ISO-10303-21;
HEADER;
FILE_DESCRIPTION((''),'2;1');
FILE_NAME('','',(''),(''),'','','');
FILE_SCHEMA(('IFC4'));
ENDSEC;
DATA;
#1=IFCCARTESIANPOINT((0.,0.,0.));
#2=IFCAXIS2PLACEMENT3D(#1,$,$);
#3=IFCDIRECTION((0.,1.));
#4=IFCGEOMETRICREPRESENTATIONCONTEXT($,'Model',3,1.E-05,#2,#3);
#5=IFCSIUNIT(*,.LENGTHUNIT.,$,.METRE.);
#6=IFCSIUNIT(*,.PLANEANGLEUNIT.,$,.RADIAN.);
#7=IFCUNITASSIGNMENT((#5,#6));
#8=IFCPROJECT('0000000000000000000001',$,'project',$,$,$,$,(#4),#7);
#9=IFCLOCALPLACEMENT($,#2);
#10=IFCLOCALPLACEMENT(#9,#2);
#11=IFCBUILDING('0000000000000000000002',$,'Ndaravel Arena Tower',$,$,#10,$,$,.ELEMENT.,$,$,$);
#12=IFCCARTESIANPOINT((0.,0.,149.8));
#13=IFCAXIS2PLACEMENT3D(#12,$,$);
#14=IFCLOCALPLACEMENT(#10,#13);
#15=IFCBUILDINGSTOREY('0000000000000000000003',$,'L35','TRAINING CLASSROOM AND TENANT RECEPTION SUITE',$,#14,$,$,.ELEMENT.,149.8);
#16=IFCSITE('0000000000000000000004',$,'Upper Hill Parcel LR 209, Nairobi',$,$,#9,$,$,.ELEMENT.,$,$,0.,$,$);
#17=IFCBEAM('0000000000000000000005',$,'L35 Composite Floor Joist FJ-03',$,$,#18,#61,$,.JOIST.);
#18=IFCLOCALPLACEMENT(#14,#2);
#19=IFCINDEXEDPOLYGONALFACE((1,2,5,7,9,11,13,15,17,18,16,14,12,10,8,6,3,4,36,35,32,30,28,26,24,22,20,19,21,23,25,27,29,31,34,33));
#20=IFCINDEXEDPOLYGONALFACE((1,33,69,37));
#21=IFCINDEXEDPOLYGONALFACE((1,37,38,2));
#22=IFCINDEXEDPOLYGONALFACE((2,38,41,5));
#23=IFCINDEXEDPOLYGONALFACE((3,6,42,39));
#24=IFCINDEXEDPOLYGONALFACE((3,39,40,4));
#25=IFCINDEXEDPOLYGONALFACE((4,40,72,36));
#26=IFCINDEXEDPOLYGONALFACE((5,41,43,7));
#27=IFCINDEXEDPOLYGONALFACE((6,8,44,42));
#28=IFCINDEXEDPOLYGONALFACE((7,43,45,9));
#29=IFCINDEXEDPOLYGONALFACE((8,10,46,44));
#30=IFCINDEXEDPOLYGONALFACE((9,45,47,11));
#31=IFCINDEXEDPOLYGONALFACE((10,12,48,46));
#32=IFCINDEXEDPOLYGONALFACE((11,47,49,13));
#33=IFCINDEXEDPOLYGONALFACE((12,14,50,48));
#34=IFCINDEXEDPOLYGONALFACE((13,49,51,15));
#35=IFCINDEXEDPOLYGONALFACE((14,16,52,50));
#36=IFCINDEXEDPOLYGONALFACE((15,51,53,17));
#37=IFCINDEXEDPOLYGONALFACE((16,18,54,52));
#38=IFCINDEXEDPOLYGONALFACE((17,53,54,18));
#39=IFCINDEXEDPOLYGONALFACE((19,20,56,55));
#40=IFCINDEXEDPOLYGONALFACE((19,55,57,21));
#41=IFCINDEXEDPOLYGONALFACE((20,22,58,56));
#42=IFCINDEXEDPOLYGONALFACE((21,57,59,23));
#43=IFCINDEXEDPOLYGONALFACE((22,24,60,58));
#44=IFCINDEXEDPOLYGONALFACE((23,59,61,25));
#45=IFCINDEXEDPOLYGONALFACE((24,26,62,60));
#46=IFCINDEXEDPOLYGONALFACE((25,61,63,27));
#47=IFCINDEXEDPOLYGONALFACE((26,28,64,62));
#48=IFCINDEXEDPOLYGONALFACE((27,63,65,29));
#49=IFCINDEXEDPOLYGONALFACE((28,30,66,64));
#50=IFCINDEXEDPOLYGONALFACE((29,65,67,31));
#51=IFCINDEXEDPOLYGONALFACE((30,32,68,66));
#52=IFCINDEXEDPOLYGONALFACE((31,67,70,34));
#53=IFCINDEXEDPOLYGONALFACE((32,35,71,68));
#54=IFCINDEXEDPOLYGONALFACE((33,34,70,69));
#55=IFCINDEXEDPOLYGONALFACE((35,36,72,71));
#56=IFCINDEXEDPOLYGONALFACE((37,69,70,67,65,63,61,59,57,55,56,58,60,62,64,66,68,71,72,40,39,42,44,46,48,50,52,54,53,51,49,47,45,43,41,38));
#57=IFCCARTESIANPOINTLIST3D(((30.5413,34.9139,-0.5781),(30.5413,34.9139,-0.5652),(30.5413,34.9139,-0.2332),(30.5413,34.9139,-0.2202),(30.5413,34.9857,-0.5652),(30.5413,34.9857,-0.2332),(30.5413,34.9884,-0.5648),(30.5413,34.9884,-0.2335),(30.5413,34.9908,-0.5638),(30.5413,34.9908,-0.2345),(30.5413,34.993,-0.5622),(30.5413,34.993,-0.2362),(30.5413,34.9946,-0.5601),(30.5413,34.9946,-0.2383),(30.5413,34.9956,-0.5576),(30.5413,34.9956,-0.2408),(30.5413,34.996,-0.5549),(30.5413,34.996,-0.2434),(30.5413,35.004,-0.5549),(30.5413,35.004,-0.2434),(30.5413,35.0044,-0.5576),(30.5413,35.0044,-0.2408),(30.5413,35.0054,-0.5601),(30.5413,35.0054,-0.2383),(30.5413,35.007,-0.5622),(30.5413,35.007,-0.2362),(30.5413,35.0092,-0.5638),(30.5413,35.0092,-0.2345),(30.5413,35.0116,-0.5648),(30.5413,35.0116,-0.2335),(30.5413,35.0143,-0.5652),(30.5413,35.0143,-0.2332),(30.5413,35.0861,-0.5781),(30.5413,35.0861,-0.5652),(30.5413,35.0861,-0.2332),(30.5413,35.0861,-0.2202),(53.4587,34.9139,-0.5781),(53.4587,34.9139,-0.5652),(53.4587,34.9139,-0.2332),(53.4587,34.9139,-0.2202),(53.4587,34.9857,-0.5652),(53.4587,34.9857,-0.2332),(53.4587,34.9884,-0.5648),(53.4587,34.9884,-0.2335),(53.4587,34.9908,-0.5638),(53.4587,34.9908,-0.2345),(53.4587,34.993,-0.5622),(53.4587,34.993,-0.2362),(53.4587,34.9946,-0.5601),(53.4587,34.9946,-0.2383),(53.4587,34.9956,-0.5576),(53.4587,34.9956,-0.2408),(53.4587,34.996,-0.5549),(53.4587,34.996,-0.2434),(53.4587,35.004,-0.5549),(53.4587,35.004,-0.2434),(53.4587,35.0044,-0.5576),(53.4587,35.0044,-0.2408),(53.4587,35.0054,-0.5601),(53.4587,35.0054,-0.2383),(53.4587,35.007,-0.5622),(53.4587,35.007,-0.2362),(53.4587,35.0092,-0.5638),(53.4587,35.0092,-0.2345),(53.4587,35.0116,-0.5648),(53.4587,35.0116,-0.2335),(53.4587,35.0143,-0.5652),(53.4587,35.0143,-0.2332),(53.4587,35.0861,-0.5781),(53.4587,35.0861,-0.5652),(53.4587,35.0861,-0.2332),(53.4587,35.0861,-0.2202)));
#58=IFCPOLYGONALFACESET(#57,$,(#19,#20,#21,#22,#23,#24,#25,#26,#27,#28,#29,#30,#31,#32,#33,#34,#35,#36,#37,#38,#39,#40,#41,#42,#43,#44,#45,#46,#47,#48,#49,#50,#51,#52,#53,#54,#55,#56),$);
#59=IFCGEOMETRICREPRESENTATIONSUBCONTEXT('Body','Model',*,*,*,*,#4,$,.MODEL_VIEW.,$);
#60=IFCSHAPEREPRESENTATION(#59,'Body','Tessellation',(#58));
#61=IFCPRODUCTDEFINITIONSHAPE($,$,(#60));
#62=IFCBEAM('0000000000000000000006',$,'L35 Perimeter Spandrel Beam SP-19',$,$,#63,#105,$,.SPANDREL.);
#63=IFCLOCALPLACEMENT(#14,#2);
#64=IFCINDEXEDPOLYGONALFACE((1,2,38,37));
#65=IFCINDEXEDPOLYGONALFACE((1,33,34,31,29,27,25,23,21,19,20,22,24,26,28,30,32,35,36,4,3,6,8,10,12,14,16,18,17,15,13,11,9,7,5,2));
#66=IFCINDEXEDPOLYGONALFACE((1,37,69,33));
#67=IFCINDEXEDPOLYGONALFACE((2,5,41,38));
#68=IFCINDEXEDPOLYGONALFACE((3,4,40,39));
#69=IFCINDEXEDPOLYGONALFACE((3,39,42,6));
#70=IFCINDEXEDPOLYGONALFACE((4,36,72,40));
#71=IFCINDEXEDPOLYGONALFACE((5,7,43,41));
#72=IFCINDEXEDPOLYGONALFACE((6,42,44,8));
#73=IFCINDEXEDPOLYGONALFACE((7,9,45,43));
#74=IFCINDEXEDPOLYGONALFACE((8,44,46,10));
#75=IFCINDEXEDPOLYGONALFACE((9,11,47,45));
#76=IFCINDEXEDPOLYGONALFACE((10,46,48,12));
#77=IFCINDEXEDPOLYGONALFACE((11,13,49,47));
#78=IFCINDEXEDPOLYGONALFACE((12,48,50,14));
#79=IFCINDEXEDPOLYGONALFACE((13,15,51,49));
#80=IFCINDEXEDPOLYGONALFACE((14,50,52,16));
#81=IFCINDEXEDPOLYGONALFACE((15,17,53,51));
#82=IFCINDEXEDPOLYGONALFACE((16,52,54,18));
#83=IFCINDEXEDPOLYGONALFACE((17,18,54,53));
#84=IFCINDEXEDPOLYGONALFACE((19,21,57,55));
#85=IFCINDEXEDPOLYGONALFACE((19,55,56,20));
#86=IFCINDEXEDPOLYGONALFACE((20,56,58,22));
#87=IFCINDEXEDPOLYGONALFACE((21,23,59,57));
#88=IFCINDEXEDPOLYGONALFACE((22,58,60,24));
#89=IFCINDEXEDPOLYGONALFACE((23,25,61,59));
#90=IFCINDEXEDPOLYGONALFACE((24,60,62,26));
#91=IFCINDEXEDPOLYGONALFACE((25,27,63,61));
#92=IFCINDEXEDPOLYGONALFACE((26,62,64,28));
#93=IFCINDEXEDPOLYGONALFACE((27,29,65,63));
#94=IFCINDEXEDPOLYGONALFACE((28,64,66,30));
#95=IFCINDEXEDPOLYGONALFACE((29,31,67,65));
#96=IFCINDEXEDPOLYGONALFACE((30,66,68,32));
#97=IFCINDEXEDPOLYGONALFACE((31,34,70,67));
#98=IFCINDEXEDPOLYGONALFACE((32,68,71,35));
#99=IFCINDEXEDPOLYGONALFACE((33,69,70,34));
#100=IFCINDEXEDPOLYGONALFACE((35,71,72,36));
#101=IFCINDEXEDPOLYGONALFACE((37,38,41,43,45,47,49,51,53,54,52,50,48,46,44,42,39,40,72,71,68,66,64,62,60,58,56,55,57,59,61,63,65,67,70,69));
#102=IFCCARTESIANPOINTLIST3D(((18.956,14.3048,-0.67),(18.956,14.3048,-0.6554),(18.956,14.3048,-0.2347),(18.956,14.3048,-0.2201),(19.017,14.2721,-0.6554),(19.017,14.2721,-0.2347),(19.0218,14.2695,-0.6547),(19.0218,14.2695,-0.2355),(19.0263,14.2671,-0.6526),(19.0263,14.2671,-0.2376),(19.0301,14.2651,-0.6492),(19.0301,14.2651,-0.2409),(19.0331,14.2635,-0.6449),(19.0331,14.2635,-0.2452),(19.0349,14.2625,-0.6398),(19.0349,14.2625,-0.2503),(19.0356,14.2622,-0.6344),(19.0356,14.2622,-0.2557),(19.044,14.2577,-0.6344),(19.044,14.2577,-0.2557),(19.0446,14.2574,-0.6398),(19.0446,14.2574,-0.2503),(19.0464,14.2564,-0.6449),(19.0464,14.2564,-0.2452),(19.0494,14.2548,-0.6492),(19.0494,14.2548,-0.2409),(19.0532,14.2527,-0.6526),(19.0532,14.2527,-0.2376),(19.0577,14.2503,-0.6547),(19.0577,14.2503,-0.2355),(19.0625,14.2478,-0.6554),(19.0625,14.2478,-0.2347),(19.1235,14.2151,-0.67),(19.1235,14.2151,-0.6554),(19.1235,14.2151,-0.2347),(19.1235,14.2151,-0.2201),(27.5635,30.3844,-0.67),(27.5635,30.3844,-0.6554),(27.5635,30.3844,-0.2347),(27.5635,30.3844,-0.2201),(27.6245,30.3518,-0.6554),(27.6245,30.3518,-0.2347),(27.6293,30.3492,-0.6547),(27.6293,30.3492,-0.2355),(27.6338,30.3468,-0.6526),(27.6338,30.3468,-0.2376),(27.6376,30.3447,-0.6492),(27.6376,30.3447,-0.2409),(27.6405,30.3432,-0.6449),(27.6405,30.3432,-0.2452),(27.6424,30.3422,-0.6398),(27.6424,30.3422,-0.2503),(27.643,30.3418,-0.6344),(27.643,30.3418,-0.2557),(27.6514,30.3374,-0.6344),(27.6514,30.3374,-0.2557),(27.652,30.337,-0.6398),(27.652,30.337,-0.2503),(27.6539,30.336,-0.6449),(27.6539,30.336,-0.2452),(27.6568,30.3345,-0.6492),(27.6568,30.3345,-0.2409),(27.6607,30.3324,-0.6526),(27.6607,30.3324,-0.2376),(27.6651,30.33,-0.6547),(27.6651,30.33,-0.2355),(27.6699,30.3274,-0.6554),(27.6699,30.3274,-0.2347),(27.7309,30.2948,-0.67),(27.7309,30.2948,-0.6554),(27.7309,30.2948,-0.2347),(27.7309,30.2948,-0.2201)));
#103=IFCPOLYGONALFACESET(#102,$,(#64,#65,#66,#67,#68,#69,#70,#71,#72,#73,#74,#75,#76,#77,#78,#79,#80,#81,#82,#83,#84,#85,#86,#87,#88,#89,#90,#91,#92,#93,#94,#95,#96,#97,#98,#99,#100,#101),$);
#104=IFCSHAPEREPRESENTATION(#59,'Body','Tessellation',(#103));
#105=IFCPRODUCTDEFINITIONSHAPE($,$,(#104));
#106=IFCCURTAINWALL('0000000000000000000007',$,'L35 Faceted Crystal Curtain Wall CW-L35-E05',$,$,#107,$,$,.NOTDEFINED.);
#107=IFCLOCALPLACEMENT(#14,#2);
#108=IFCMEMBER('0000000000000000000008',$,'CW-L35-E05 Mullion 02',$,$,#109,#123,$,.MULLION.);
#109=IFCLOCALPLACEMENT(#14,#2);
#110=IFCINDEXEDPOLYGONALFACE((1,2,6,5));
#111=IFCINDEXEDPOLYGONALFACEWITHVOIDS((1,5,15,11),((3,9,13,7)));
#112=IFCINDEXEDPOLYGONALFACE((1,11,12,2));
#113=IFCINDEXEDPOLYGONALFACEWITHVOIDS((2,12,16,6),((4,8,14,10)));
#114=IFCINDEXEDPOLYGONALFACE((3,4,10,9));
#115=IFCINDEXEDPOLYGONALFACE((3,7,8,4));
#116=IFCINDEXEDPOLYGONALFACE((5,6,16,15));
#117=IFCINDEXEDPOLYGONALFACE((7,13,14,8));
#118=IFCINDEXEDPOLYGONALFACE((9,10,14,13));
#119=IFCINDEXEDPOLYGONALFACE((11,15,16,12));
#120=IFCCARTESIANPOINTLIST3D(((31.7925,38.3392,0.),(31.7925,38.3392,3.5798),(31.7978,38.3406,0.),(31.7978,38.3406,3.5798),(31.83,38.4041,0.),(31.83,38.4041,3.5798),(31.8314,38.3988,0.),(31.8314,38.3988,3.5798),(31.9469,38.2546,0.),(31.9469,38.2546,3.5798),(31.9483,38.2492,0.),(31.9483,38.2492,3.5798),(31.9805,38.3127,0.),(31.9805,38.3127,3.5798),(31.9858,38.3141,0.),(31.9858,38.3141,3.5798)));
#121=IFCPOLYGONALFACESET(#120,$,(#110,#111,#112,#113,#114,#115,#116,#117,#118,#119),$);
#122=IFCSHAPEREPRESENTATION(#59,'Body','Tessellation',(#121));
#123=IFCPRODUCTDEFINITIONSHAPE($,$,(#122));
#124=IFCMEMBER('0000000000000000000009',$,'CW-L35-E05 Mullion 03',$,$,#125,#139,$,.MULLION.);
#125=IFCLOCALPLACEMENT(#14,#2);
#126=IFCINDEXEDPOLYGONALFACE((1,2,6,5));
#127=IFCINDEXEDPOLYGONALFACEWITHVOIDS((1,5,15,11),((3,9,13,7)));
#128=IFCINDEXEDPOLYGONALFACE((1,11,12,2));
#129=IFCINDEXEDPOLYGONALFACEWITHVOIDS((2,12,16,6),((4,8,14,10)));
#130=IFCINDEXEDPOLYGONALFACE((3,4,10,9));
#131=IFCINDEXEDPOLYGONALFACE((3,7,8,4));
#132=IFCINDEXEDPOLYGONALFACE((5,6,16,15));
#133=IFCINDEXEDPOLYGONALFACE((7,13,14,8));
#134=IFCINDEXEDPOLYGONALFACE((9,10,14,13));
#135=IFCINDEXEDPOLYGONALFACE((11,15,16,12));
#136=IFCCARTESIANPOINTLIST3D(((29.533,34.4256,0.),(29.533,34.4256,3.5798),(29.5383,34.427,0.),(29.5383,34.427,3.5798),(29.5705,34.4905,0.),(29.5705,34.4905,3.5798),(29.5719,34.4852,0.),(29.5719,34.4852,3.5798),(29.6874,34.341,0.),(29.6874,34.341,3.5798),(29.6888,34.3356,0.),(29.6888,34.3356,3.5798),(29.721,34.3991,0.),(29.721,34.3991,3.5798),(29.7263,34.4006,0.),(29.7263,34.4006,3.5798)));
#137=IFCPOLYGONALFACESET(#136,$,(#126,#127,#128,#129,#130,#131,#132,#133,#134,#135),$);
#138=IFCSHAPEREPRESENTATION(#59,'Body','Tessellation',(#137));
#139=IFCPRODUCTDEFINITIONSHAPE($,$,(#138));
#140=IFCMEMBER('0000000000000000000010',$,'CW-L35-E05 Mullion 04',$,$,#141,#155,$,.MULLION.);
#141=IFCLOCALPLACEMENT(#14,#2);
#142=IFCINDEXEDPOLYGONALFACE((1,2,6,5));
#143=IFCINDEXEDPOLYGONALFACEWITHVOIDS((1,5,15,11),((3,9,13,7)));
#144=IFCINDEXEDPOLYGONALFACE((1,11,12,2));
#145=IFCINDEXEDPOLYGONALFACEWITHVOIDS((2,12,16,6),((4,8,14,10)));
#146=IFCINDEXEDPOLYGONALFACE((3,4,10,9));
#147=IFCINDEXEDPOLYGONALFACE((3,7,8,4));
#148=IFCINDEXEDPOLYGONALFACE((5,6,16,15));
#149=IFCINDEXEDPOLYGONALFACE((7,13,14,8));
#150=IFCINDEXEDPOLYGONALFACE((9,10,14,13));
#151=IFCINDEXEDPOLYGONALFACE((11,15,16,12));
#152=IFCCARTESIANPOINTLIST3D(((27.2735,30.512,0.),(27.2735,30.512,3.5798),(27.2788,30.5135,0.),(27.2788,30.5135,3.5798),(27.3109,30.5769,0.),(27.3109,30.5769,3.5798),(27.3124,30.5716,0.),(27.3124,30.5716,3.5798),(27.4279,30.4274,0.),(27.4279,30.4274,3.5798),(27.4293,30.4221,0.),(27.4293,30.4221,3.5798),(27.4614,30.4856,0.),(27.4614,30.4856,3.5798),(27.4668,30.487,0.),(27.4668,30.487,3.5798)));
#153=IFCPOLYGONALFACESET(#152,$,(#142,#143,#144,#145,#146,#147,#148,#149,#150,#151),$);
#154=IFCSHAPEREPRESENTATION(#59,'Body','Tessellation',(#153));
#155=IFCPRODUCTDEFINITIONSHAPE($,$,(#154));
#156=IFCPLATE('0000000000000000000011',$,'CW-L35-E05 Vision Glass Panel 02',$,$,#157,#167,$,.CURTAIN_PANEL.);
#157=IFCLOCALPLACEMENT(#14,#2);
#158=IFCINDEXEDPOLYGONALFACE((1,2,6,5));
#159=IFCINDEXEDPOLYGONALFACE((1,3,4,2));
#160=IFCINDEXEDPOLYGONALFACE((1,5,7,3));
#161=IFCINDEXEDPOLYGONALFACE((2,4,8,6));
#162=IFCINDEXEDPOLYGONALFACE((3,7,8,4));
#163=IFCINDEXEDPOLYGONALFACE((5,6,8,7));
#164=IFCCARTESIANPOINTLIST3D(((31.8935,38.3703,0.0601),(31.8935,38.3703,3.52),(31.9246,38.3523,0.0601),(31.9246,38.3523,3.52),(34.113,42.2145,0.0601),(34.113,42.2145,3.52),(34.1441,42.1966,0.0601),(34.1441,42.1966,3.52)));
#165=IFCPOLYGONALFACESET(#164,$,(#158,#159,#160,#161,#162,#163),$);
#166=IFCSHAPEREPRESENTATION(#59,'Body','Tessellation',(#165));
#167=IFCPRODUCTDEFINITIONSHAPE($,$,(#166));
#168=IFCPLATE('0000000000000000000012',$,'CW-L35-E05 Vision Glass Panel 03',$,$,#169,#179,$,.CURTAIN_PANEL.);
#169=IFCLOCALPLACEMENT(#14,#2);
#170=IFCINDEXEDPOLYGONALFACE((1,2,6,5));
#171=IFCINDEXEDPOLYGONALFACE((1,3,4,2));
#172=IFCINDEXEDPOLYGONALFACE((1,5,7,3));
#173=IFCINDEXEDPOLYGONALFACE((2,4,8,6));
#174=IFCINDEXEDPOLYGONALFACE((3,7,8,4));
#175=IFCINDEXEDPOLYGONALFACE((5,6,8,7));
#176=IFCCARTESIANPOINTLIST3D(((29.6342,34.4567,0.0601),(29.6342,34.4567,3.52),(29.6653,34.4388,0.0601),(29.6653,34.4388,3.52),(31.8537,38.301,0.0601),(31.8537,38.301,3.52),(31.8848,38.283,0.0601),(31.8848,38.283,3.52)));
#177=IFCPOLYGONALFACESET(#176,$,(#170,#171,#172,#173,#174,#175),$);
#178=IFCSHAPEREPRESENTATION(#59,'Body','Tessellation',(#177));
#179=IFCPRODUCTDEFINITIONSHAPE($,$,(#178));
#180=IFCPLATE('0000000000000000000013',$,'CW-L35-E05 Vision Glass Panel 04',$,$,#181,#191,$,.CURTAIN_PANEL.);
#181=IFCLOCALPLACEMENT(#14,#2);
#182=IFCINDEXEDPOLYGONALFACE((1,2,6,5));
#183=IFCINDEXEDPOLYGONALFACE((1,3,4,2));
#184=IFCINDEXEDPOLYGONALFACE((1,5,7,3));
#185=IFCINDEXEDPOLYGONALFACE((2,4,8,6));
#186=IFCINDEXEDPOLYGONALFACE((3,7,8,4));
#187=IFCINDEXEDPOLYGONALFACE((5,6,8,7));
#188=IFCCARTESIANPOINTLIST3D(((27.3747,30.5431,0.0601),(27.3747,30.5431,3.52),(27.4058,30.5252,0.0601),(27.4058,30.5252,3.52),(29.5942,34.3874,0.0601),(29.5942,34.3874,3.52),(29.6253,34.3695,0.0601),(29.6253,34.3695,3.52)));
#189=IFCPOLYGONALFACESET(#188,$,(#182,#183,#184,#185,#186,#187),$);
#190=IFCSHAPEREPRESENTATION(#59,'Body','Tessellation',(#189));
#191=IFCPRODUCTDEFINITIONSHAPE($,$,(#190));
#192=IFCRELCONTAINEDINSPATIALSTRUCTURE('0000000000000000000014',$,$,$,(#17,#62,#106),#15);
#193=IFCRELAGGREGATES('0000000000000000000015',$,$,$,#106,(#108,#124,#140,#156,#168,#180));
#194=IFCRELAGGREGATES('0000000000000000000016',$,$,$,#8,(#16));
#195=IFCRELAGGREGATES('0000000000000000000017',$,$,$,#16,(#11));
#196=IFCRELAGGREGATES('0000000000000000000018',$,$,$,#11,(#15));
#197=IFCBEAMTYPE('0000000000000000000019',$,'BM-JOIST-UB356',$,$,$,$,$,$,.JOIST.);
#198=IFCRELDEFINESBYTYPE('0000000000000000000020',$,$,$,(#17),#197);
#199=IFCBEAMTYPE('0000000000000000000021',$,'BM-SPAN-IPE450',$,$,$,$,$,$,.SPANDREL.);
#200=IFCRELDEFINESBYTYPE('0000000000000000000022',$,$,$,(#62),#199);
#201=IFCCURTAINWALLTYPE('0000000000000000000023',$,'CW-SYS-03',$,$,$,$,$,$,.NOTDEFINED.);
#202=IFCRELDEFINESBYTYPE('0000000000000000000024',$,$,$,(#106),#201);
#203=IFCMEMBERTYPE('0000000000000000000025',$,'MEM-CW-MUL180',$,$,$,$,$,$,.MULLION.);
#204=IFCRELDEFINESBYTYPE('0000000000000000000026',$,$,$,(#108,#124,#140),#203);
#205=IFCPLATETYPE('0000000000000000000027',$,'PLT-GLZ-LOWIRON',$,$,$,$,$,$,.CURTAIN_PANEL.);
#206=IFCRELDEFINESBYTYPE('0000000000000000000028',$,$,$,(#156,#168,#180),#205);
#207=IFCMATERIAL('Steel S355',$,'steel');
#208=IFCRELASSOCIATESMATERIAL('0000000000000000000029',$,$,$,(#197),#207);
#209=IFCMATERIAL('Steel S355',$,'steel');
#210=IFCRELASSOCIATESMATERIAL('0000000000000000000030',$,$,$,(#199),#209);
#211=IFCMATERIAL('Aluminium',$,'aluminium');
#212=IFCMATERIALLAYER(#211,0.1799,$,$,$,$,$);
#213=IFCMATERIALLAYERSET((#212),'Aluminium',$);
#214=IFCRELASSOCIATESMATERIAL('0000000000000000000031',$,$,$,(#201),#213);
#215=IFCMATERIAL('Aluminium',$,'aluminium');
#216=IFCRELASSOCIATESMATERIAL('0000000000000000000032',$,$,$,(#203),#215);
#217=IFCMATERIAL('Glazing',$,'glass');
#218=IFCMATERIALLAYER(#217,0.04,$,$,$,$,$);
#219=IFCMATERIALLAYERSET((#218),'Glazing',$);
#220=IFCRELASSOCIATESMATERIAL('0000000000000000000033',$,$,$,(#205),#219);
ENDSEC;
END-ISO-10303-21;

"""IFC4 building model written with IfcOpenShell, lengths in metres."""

from ifc_helpers import new_model, si_unit, direction, frame, origin, origin_2d, place, context, subcontext, project, spatial, rectangle, hollow_rectangle, i_section, extrude, material, layer, layer_set, material_profile, profile_set, type_object, element, aggregate, save


model = new_model("IFC4")

# Units and contexts
model_context = context("Model", 3, precision=1e-05, world=origin(), true_north=direction((0.0, 1.0)))
body_context = subcontext(model_context, "Body", "Model", "MODEL_VIEW")
ifc_project = project(units=[si_unit("LENGTHUNIT", "METRE"), si_unit("PLANEANGLEUNIT", "RADIAN")], contexts=[model_context])

# Site, building, storey
site_placement = place(None, origin())
site = spatial("IfcSite", under=ifc_project, at=site_placement, Name="Upper Hill Parcel LR 209, Nairobi", CompositionType="ELEMENT", RefElevation=0.0)
building_placement = place(site_placement, origin())
building = spatial("IfcBuilding", under=site, at=building_placement, Name="Ndaravel Arena Tower", CompositionType="ELEMENT")
storey_placement = place(building_placement, frame((0.0, 0.0, 149.8)))
storey = spatial("IfcBuildingStorey", under=building, at=storey_placement, Name="L35", Description="TRAINING CLASSROOM AND TENANT RECEPTION SUITE", CompositionType="ELEMENT", Elevation=149.8)

# Beams
ifc_material_1 = material(Name="Steel S355", Category="steel")
ifc_material_profile_1 = material_profile(ifc_material_1, i_section(OverallWidth=0.1721, OverallDepth=0.3579, WebThickness=0.0081, FlangeThickness=0.0129, FilletRadius=0.0103, at=origin_2d()), Name="UB 356x171x57")
ifc_profile_set_1 = profile_set([ifc_material_profile_1], Name="Steel S355")
beam_type_1 = type_object("IfcBeamType", Name="BM-JOIST-UB356", PredefinedType="JOIST", material=ifc_profile_set_1)
beam_1_placement = place(storey_placement, frame((30.5413, 35.0, -0.3992), z_axis=(1.0, 0.0, 0.0), x_axis=(0.0, 1.0, 0.0)))
element("IfcBeam", 1, at=beam_1_placement, inside=storey, type_object=beam_type_1, Name="L35 Composite Floor Joist FJ-03", PredefinedType="JOIST", context=body_context, shape_type="SweptSolid", body=[
    extrude(i_section(OverallWidth=0.1721, OverallDepth=0.3579, WebThickness=0.0081, FlangeThickness=0.0129, FilletRadius=0.0103, at=origin_2d()), origin(), (0.0, 0.0, 1.0), 22.9175),
])
ifc_material_2 = material(Name="Steel S355", Category="steel")
ifc_material_profile_2 = material_profile(ifc_material_2, i_section(OverallWidth=0.1899, OverallDepth=0.45, WebThickness=0.0095, FlangeThickness=0.0146, FilletRadius=0.021, at=origin_2d()), Name="IPE 450")
ifc_profile_set_2 = profile_set([ifc_material_profile_2], Name="Steel S355")
beam_type_2 = type_object("IfcBeamType", Name="BM-SPAN-IPE450", PredefinedType="SPANDREL", material=ifc_profile_set_2)
beam_2_placement = place(storey_placement, frame((27.6472, 30.3396, -0.4451), z_axis=(-0.471938, -0.881632, 0.0), x_axis=(0.881632, -0.471938, 0.0)))
element("IfcBeam", 2, at=beam_2_placement, inside=storey, type_object=beam_type_2, Name="L35 Perimeter Spandrel Beam SP-19", PredefinedType="SPANDREL", context=body_context, shape_type="SweptSolid", body=[
    extrude(i_section(OverallWidth=0.1899, OverallDepth=0.45, WebThickness=0.0095, FlangeThickness=0.0146, FilletRadius=0.021, at=origin_2d()), origin(), (0.0, 0.0, 1.0), 18.2385),
])

# Curtain wall, members, plates
ifc_material_3 = material(Name="Aluminium", Category="aluminium")
ifc_layer_1 = layer(ifc_material_3, 0.1799)
ifc_layer_set_1 = layer_set([ifc_layer_1], Name="Aluminium")
curtain_wall_type = type_object("IfcCurtainWallType", Name="CW-SYS-03", PredefinedType="NOTDEFINED", material=ifc_layer_set_1)
curtain_wall_placement = place(storey_placement, origin())
curtain_wall = element("IfcCurtainWall", 3, at=curtain_wall_placement, inside=storey, type_object=curtain_wall_type, Name="L35 Faceted Crystal Curtain Wall CW-L35-E05", PredefinedType="NOTDEFINED")
ifc_material_4 = material(Name="Aluminium", Category="aluminium")
ifc_material_profile_3 = material_profile(ifc_material_4, hollow_rectangle(XDim=0.075, YDim=0.1799, WallThickness=0.0039, at=origin_2d()), Name="CW MULLION 75x180x4")
ifc_profile_set_3 = profile_set([ifc_material_profile_3], Name="Aluminium")
member_type = type_object("IfcMemberType", Name="MEM-CW-MUL180", PredefinedType="MULLION", material=ifc_profile_set_3)
member_1_placement = place(storey_placement, frame((31.8892, 38.3267, 0.0), z_axis=(0.0, 0.0, 1.0), x_axis=(-0.5, -0.866025, 0.0)))
member_1 = element("IfcMember", 4, at=member_1_placement, type_object=member_type, Name="CW-L35-E05 Mullion 02", PredefinedType="MULLION", context=body_context, shape_type="SweptSolid", body=[
    extrude(hollow_rectangle(XDim=0.075, YDim=0.1799, WallThickness=0.0039, at=origin_2d()), origin(), (0.0, 0.0, 1.0), 3.5798),
])
member_2_placement = place(storey_placement, frame((29.6296, 34.4131, 0.0), z_axis=(0.0, 0.0, 1.0), x_axis=(-0.5, -0.866025, 0.0)))
member_2 = element("IfcMember", 5, at=member_2_placement, type_object=member_type, Name="CW-L35-E05 Mullion 03", PredefinedType="MULLION", context=body_context, shape_type="SweptSolid", body=[
    extrude(hollow_rectangle(XDim=0.075, YDim=0.1799, WallThickness=0.0039, at=origin_2d()), origin(), (0.0, 0.0, 1.0), 3.5798),
])
member_3_placement = place(storey_placement, frame((27.3701, 30.4995, 0.0), z_axis=(0.0, 0.0, 1.0), x_axis=(-0.5, -0.866025, 0.0)))
member_3 = element("IfcMember", 6, at=member_3_placement, type_object=member_type, Name="CW-L35-E05 Mullion 04", PredefinedType="MULLION", context=body_context, shape_type="SweptSolid", body=[
    extrude(hollow_rectangle(XDim=0.075, YDim=0.1799, WallThickness=0.0039, at=origin_2d()), origin(), (0.0, 0.0, 1.0), 3.5798),
])
ifc_material_5 = material(Name="Glazing", Category="glass")
ifc_layer_2 = layer(ifc_material_5, 0.04)
ifc_layer_set_2 = layer_set([ifc_layer_2], Name="Glazing")
plate_type = type_object("IfcPlateType", Name="PLT-GLZ-LOWIRON", PredefinedType="CURTAIN_PANEL", material=ifc_layer_set_2)
plate_1_placement = place(storey_placement, frame((33.0188, 40.2834, 0.0601), z_axis=(0.0, 0.0, 1.0), x_axis=(-0.5, -0.866025, 0.0)))
plate_1 = element("IfcPlate", 7, at=plate_1_placement, type_object=plate_type, Name="CW-L35-E05 Vision Glass Panel 02", PredefinedType="CURTAIN_PANEL", context=body_context, shape_type="SweptSolid", body=[
    extrude(rectangle(XDim=4.439, YDim=0.0359, at=origin_2d()), origin(), (0.0, 0.0, 1.0), 3.46),
])
plate_2_placement = place(storey_placement, frame((30.7595, 36.3699, 0.0601), z_axis=(0.0, 0.0, 1.0), x_axis=(-0.5, -0.866025, 0.0)))
plate_2 = element("IfcPlate", 8, at=plate_2_placement, type_object=plate_type, Name="CW-L35-E05 Vision Glass Panel 03", PredefinedType="CURTAIN_PANEL", context=body_context, shape_type="SweptSolid", body=[
    extrude(rectangle(XDim=4.439, YDim=0.0359, at=origin_2d()), origin(), (0.0, 0.0, 1.0), 3.46),
])
plate_3_placement = place(storey_placement, frame((28.5, 32.4563, 0.0601), z_axis=(0.0, 0.0, 1.0), x_axis=(-0.5, -0.866025, 0.0)))
plate_3 = element("IfcPlate", 9, at=plate_3_placement, type_object=plate_type, Name="CW-L35-E05 Vision Glass Panel 04", PredefinedType="CURTAIN_PANEL", context=body_context, shape_type="SweptSolid", body=[
    extrude(rectangle(XDim=4.439, YDim=0.0359, at=origin_2d()), origin(), (0.0, 0.0, 1.0), 3.46),
])
aggregate(curtain_wall, [member_1, member_2, member_3, plate_1, plate_2, plate_3])

save(model, "model.ifc")
